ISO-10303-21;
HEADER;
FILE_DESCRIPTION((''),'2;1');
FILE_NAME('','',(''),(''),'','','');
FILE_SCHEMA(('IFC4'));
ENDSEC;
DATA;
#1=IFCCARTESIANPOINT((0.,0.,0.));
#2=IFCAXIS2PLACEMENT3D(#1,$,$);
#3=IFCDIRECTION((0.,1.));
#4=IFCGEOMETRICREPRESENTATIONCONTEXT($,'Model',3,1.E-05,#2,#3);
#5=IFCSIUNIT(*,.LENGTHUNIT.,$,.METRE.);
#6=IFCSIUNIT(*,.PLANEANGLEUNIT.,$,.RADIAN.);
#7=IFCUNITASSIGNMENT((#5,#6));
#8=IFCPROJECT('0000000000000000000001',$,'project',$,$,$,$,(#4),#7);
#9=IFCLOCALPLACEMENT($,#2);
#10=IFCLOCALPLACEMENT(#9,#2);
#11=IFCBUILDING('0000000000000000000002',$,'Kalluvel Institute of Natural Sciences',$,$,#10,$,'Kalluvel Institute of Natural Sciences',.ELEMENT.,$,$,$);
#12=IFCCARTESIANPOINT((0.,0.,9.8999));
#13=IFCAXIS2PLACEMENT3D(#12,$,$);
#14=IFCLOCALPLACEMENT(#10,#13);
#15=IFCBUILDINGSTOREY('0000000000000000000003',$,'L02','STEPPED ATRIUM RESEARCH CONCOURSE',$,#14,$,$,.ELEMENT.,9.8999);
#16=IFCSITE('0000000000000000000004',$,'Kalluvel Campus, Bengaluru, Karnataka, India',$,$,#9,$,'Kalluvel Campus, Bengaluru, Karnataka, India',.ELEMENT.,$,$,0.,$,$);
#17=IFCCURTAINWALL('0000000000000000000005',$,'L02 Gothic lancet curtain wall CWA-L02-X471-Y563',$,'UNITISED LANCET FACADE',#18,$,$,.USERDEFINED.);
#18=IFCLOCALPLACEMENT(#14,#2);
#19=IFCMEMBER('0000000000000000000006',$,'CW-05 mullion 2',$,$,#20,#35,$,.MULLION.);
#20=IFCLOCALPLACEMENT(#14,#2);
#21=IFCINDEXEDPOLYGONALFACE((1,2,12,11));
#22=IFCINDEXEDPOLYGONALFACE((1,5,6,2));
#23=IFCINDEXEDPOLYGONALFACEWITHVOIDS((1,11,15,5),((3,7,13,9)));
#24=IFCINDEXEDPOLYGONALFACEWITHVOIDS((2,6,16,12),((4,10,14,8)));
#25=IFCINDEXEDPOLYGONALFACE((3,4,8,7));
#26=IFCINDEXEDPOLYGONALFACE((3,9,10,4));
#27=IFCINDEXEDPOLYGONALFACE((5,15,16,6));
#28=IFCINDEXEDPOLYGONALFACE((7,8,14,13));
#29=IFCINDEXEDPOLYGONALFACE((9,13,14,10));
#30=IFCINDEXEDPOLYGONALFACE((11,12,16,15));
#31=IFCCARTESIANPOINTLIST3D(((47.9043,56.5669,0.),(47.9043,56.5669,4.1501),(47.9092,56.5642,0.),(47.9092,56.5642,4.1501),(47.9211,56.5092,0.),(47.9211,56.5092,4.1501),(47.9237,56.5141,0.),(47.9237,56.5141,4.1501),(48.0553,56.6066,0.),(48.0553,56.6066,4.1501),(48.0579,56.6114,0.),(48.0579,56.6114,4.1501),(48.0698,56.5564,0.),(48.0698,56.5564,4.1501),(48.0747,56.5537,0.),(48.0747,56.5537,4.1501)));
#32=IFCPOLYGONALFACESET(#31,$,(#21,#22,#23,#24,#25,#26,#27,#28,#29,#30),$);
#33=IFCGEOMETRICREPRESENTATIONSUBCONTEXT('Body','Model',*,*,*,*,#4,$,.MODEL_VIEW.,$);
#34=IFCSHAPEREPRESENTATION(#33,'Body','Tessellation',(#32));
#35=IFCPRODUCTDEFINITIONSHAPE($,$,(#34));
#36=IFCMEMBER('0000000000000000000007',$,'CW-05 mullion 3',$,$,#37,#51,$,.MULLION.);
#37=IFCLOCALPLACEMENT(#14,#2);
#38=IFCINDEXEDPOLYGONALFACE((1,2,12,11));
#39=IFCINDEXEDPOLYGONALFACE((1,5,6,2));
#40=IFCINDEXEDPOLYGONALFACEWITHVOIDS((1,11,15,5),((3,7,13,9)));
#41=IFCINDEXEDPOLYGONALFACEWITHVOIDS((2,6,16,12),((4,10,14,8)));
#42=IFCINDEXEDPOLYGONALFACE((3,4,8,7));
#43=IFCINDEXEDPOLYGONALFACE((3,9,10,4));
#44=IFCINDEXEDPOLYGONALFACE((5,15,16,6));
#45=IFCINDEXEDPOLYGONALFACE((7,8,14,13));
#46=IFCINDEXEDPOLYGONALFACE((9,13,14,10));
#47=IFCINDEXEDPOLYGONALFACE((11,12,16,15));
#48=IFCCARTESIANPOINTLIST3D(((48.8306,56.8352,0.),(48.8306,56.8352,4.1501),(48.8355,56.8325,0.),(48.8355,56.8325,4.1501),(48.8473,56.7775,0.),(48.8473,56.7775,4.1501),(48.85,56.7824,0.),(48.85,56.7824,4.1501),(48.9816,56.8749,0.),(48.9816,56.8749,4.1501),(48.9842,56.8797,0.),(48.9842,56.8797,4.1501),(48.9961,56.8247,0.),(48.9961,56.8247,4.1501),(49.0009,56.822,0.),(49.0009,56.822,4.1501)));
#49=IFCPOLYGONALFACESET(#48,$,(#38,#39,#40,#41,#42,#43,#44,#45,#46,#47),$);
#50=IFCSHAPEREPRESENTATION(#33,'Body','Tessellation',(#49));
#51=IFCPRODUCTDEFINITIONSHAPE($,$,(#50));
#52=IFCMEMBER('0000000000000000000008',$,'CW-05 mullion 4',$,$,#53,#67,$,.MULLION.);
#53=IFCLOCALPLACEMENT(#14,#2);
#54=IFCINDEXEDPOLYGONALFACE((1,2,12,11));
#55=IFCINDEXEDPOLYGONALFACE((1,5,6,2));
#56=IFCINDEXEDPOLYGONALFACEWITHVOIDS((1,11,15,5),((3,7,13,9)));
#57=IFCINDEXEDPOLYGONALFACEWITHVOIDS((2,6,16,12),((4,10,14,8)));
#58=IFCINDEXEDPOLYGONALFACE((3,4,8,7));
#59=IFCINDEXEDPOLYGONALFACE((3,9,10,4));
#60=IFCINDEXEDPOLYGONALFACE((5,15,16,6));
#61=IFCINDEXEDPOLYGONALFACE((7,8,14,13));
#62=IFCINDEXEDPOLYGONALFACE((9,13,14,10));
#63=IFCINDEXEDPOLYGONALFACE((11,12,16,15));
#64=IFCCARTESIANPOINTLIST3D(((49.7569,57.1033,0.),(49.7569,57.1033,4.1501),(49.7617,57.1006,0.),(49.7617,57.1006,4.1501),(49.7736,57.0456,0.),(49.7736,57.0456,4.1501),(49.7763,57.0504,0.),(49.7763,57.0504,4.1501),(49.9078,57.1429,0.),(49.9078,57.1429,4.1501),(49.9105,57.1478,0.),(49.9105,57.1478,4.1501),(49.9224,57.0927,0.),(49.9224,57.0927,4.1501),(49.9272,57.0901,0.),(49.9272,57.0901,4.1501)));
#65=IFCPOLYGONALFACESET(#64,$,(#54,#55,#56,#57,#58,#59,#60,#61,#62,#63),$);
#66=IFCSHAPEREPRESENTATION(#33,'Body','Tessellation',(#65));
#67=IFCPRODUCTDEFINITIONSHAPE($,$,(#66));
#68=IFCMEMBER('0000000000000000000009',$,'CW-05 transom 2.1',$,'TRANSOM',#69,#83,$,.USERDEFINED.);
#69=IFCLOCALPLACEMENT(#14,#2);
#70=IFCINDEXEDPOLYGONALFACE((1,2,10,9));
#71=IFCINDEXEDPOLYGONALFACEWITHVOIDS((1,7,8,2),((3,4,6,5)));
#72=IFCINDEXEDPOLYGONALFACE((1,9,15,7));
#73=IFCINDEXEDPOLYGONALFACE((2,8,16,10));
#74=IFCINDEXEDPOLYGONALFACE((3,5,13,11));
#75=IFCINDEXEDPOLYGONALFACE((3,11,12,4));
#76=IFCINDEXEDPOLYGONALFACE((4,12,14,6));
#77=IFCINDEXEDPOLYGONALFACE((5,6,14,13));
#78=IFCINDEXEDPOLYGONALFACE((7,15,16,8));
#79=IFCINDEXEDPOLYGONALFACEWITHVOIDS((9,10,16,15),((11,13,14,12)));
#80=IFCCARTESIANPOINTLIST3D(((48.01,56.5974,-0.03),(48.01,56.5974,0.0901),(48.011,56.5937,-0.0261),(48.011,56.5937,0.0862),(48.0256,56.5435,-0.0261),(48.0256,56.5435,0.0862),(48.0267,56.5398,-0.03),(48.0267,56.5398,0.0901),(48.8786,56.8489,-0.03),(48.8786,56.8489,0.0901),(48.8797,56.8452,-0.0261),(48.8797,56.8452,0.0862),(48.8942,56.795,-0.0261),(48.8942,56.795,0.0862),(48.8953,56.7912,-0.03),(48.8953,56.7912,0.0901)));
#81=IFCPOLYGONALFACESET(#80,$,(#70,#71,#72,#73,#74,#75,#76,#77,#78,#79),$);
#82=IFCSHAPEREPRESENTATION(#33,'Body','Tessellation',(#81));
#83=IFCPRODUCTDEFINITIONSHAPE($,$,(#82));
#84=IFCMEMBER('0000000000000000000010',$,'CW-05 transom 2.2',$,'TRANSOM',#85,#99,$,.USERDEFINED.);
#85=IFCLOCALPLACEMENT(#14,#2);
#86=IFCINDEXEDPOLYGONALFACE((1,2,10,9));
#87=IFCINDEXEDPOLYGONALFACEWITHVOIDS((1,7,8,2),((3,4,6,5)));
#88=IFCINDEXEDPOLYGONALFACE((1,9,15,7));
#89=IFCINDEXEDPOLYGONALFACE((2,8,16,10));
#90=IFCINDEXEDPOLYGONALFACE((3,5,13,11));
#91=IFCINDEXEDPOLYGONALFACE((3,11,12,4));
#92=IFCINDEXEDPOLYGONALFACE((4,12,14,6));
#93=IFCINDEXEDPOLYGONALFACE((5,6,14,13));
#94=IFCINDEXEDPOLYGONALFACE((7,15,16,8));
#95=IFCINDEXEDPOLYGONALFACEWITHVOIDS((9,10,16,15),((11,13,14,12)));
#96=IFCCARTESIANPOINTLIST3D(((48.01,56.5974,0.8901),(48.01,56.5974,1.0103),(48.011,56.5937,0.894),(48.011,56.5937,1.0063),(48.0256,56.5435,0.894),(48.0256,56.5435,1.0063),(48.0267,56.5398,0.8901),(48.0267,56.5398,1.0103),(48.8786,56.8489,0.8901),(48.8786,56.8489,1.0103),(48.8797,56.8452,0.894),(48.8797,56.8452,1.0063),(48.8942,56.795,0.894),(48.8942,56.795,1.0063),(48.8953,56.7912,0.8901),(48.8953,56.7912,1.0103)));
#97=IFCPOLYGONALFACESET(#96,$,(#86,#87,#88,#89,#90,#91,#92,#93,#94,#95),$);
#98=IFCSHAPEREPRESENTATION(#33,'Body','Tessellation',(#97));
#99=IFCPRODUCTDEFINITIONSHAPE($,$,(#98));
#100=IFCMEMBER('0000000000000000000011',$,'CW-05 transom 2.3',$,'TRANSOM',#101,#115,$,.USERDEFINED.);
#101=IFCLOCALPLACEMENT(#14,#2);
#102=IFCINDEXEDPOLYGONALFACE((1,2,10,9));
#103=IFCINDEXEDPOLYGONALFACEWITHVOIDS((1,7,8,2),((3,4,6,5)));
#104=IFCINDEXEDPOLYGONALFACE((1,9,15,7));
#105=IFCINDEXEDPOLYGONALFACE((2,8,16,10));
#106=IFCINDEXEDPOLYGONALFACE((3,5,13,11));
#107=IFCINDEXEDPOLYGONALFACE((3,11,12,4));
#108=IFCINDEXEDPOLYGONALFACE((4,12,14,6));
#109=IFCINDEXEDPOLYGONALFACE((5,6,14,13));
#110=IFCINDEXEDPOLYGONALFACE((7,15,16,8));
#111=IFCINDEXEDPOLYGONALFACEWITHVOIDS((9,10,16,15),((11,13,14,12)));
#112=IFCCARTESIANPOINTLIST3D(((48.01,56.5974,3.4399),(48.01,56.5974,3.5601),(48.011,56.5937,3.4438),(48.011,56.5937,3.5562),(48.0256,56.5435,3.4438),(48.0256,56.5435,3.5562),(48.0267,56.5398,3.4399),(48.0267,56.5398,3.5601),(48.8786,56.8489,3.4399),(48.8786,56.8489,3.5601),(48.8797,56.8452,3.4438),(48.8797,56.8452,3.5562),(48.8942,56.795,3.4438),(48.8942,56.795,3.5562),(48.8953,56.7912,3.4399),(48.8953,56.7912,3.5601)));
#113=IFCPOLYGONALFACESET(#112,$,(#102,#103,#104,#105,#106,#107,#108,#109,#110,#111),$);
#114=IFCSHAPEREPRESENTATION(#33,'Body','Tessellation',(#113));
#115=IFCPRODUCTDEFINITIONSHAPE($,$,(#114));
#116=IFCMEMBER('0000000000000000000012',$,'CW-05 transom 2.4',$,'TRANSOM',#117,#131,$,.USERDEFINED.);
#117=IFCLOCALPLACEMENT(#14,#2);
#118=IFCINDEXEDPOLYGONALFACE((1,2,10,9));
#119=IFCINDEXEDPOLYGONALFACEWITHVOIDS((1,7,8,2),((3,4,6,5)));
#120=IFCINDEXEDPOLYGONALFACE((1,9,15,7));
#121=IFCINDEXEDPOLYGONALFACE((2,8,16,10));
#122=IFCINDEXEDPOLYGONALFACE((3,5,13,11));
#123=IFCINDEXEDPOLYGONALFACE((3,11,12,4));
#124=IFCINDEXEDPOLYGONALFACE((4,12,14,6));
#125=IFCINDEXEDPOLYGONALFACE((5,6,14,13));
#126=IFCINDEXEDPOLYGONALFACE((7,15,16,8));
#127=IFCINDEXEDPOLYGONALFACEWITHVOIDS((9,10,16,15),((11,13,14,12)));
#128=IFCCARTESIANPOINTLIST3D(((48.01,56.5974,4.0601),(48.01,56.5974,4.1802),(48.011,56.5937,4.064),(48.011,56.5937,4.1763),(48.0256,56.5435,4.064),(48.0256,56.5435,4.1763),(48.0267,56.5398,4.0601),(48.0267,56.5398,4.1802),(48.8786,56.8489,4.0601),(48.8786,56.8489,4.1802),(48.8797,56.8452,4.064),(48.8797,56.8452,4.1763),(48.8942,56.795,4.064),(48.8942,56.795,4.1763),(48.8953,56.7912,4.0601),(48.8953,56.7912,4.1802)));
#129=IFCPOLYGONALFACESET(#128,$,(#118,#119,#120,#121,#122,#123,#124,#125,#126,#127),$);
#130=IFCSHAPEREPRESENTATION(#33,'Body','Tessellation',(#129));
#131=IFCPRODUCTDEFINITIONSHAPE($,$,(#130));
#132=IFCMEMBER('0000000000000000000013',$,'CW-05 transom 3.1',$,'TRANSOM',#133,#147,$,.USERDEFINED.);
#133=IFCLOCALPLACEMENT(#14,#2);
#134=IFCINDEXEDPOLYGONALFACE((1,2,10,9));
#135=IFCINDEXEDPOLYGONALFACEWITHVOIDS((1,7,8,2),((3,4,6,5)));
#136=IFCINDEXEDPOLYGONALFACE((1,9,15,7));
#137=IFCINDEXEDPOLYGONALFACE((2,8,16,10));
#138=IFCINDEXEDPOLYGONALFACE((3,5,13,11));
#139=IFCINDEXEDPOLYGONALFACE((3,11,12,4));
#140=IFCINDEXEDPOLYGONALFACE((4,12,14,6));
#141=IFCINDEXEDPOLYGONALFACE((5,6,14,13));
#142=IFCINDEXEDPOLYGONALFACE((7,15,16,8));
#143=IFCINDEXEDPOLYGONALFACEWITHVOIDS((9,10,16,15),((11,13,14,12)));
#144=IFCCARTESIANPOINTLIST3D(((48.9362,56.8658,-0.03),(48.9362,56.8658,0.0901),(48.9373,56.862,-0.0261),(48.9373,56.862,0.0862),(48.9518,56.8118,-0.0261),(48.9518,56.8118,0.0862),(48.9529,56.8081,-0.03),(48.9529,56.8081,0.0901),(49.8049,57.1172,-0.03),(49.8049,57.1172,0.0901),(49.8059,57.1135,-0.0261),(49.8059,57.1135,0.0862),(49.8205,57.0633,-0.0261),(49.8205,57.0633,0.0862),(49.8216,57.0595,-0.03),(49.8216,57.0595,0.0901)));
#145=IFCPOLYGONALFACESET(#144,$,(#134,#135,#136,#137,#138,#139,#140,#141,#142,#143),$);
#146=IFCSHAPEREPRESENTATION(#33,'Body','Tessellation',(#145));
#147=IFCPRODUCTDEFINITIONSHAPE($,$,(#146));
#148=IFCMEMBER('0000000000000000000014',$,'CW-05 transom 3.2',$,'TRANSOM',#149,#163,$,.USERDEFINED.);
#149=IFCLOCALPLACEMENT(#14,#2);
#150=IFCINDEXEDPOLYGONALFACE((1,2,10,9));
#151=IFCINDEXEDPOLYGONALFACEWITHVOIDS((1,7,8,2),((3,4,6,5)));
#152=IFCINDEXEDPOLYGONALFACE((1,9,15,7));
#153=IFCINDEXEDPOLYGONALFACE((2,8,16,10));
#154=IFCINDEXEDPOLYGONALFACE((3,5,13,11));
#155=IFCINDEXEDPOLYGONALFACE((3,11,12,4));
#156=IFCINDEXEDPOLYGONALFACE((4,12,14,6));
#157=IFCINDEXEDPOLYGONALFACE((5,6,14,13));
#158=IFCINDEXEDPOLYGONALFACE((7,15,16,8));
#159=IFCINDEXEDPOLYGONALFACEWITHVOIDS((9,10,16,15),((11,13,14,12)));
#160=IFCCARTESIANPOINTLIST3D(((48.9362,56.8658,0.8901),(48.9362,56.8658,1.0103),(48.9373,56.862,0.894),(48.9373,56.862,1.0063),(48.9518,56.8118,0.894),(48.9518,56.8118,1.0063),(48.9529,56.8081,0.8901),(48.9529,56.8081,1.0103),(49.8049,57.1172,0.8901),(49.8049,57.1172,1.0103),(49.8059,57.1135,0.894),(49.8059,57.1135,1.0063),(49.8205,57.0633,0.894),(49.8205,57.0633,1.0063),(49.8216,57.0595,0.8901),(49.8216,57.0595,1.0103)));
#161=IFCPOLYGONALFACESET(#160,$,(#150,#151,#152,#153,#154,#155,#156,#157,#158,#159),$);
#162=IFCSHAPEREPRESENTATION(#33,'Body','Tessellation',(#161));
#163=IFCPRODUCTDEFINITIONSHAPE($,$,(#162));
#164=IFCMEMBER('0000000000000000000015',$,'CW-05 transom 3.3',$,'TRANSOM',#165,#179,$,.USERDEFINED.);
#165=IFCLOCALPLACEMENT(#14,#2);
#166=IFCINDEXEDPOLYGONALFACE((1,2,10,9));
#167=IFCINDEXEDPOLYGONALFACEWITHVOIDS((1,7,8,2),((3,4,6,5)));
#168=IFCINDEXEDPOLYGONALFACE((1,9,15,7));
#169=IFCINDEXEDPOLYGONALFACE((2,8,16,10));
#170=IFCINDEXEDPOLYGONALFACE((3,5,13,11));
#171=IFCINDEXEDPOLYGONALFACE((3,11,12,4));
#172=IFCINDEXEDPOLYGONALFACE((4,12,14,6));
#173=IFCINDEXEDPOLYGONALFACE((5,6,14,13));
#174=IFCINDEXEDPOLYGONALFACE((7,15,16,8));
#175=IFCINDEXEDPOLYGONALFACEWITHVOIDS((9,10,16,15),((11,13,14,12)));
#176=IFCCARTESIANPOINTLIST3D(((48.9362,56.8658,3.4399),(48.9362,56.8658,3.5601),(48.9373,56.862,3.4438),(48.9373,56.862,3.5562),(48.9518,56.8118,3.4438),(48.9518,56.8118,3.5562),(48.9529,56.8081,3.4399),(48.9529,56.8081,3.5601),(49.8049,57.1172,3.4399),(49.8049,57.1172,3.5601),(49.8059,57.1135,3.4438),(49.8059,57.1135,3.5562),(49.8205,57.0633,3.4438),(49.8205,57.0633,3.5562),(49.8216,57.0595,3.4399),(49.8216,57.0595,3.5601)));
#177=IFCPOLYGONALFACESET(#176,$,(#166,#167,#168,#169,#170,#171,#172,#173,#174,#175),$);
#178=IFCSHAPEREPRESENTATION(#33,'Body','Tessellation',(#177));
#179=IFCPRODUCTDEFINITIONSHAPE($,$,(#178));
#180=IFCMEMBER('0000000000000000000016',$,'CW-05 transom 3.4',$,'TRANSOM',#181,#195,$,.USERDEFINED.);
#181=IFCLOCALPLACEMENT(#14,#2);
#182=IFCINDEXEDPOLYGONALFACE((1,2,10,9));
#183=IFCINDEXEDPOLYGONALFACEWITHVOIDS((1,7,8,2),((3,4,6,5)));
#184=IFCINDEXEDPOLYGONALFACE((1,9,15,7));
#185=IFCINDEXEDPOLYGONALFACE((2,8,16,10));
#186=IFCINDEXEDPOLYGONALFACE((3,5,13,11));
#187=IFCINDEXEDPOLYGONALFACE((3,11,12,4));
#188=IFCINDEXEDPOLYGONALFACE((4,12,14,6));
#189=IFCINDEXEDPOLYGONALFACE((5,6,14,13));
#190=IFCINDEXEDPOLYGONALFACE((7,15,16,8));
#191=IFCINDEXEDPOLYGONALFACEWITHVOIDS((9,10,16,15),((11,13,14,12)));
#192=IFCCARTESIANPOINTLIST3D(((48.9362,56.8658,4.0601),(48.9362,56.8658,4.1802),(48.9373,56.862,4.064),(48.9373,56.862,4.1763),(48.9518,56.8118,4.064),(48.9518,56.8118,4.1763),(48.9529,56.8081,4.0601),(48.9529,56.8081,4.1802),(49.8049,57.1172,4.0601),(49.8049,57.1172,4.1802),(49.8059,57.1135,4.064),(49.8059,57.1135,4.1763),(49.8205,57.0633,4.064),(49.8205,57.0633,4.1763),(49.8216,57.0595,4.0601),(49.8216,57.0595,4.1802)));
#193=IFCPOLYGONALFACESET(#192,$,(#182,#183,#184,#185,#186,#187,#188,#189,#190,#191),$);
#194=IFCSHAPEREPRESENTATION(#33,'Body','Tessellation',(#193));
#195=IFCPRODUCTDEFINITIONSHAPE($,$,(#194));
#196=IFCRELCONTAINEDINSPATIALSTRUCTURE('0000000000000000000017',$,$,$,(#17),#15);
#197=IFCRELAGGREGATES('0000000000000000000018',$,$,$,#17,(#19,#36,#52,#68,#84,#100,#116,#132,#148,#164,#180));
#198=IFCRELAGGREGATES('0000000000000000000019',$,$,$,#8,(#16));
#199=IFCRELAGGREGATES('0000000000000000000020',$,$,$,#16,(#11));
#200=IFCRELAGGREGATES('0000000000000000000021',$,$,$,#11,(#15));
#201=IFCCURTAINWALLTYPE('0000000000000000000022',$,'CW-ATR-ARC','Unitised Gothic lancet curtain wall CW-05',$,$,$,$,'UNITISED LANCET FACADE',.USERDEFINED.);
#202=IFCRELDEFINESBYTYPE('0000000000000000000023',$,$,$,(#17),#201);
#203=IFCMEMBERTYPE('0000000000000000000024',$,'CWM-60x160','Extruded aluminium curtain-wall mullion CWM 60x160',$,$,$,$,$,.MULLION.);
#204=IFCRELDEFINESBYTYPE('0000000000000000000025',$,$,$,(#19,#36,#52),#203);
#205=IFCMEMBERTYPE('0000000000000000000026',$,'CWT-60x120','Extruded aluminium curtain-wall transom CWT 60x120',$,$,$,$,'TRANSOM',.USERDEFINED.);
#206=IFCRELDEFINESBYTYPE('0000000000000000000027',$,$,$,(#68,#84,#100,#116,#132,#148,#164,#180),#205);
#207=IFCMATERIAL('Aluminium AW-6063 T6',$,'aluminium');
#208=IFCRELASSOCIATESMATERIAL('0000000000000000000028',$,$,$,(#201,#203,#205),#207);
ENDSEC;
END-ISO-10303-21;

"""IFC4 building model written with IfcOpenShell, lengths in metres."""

from ifc_helpers import new_model, si_unit, direction, frame, origin, origin_2d, place, context, subcontext, project, spatial, hollow_rectangle, extrude, material, material_profile, profile_set, type_object, element, aggregate, save


model = new_model("IFC4")

# Units and contexts
model_context = context("Model", 3, precision=1e-05, world=origin(), true_north=direction((0.0, 1.0)))
body_context = subcontext(model_context, "Body", "Model", "MODEL_VIEW")
ifc_project = project(units=[si_unit("LENGTHUNIT", "METRE"), si_unit("PLANEANGLEUNIT", "RADIAN")], contexts=[model_context])

# Site, building, storey
site_placement = place(None, origin())
site = spatial("IfcSite", under=ifc_project, at=site_placement, Name="Kalluvel Campus, Bengaluru, Karnataka, India", LongName="Kalluvel Campus, Bengaluru, Karnataka, India", CompositionType="ELEMENT", RefElevation=0.0)
building_placement = place(site_placement, origin())
building = spatial("IfcBuilding", under=site, at=building_placement, Name="Kalluvel Institute of Natural Sciences", LongName="Kalluvel Institute of Natural Sciences", CompositionType="ELEMENT")
storey_placement = place(building_placement, frame((0.0, 0.0, 9.8999)))
storey = spatial("IfcBuildingStorey", under=building, at=storey_placement, Name="L02", Description="STEPPED ATRIUM RESEARCH CONCOURSE", CompositionType="ELEMENT", Elevation=9.8999)

# Curtain wall, members
ifc_material_1 = material(Name="Aluminium AW-6063 T6", Category="aluminium")
curtain_wall_type = type_object("IfcCurtainWallType", Name="CW-ATR-ARC", Description="Unitised Gothic lancet curtain wall CW-05", ElementType="UNITISED LANCET FACADE", PredefinedType="USERDEFINED", material=ifc_material_1)
curtain_wall_placement = place(storey_placement, origin())
curtain_wall = element("IfcCurtainWall", 1, at=curtain_wall_placement, inside=storey, type_object=curtain_wall_type, Name="L02 Gothic lancet curtain wall CWA-L02-X471-Y563", ObjectType="UNITISED LANCET FACADE", PredefinedType="USERDEFINED")
ifc_material_profile_1 = material_profile(ifc_material_1, hollow_rectangle(XDim=0.0601, YDim=0.1599, WallThickness=0.0039, at=origin_2d()), Name="CWM 60x160")
ifc_profile_set_1 = profile_set([ifc_material_profile_1], Name="Aluminium AW-6063 T6")
member_type_1 = type_object("IfcMemberType", Name="CWM-60x160", Description="Extruded aluminium curtain-wall mullion CWM 60x160", PredefinedType="MULLION", material=ifc_profile_set_1)
member_1_placement = place(storey_placement, frame((47.9895, 56.5603, 0.0), z_axis=(0.0, 0.0, 1.0), x_axis=(-0.278212, 0.96052, 0.0)))
member_1 = element("IfcMember", 2, at=member_1_placement, type_object=member_type_1, Name="CW-05 mullion 2", PredefinedType="MULLION", context=body_context, shape_type="SweptSolid", body=[
    extrude(hollow_rectangle(XDim=0.0601, YDim=0.1599, WallThickness=0.0039, at=origin_2d()), origin(), (0.0, 0.0, 1.0), 4.1501),
])
member_2_placement = place(storey_placement, frame((48.9158, 56.8286, 0.0), z_axis=(0.0, 0.0, 1.0), x_axis=(-0.278212, 0.96052, 0.0)))
member_2 = element("IfcMember", 3, at=member_2_placement, type_object=member_type_1, Name="CW-05 mullion 3", PredefinedType="MULLION", context=body_context, shape_type="SweptSolid", body=[
    extrude(hollow_rectangle(XDim=0.0601, YDim=0.1599, WallThickness=0.0039, at=origin_2d()), origin(), (0.0, 0.0, 1.0), 4.1501),
])
member_3_placement = place(storey_placement, frame((49.842, 57.0967, 0.0), z_axis=(0.0, 0.0, 1.0), x_axis=(-0.278212, 0.96052, 0.0)))
member_3 = element("IfcMember", 4, at=member_3_placement, type_object=member_type_1, Name="CW-05 mullion 4", PredefinedType="MULLION", context=body_context, shape_type="SweptSolid", body=[
    extrude(hollow_rectangle(XDim=0.0601, YDim=0.1599, WallThickness=0.0039, at=origin_2d()), origin(), (0.0, 0.0, 1.0), 4.1501),
])
ifc_material_profile_2 = material_profile(ifc_material_1, hollow_rectangle(XDim=0.0601, YDim=0.1201, WallThickness=0.0039, at=origin_2d()), Name="CWT 60x120")
ifc_profile_set_2 = profile_set([ifc_material_profile_2], Name="Aluminium AW-6063 T6")
member_type_2 = type_object("IfcMemberType", Name="CWT-60x120", Description="Extruded aluminium curtain-wall transom CWT 60x120", ElementType="TRANSOM", PredefinedType="USERDEFINED", material=ifc_profile_set_2)
member_4_placement = place(storey_placement, frame((48.0183, 56.5686, 0.03), z_axis=(0.96056, 0.278071, 0.0), x_axis=(-0.278071, 0.96056, 0.0)))
member_4 = element("IfcMember", 5, at=member_4_placement, type_object=member_type_2, Name="CW-05 transom 2.1", ObjectType="TRANSOM", PredefinedType="USERDEFINED", context=body_context, shape_type="SweptSolid", body=[
    extrude(hollow_rectangle(XDim=0.0601, YDim=0.1201, WallThickness=0.0039, at=origin_2d()), origin(), (0.0, 0.0, 1.0), 0.9043),
])
member_5_placement = place(storey_placement, frame((48.0183, 56.5686, 0.9502), z_axis=(0.96056, 0.278071, 0.0), x_axis=(-0.278071, 0.96056, 0.0)))
member_5 = element("IfcMember", 6, at=member_5_placement, type_object=member_type_2, Name="CW-05 transom 2.2", ObjectType="TRANSOM", PredefinedType="USERDEFINED", context=body_context, shape_type="SweptSolid", body=[
    extrude(hollow_rectangle(XDim=0.0601, YDim=0.1201, WallThickness=0.0039, at=origin_2d()), origin(), (0.0, 0.0, 1.0), 0.9043),
])
member_6_placement = place(storey_placement, frame((48.0183, 56.5686, 3.5), z_axis=(0.96056, 0.278071, 0.0), x_axis=(-0.278071, 0.96056, 0.0)))
member_6 = element("IfcMember", 7, at=member_6_placement, type_object=member_type_2, Name="CW-05 transom 2.3", ObjectType="TRANSOM", PredefinedType="USERDEFINED", context=body_context, shape_type="SweptSolid", body=[
    extrude(hollow_rectangle(XDim=0.0601, YDim=0.1201, WallThickness=0.0039, at=origin_2d()), origin(), (0.0, 0.0, 1.0), 0.9043),
])
member_7_placement = place(storey_placement, frame((48.0183, 56.5686, 4.1201), z_axis=(0.96056, 0.278071, 0.0), x_axis=(-0.278071, 0.96056, 0.0)))
member_7 = element("IfcMember", 8, at=member_7_placement, type_object=member_type_2, Name="CW-05 transom 2.4", ObjectType="TRANSOM", PredefinedType="USERDEFINED", context=body_context, shape_type="SweptSolid", body=[
    extrude(hollow_rectangle(XDim=0.0601, YDim=0.1201, WallThickness=0.0039, at=origin_2d()), origin(), (0.0, 0.0, 1.0), 0.9043),
])
member_8_placement = place(storey_placement, frame((48.9446, 56.8369, 0.03), z_axis=(0.96056, 0.278071, 0.0), x_axis=(-0.278071, 0.96056, 0.0)))
member_8 = element("IfcMember", 9, at=member_8_placement, type_object=member_type_2, Name="CW-05 transom 3.1", ObjectType="TRANSOM", PredefinedType="USERDEFINED", context=body_context, shape_type="SweptSolid", body=[
    extrude(hollow_rectangle(XDim=0.0601, YDim=0.1201, WallThickness=0.0039, at=origin_2d()), origin(), (0.0, 0.0, 1.0), 0.9043),
])
member_9_placement = place(storey_placement, frame((48.9446, 56.8369, 0.9502), z_axis=(0.96056, 0.278071, 0.0), x_axis=(-0.278071, 0.96056, 0.0)))
member_9 = element("IfcMember", 10, at=member_9_placement, type_object=member_type_2, Name="CW-05 transom 3.2", ObjectType="TRANSOM", PredefinedType="USERDEFINED", context=body_context, shape_type="SweptSolid", body=[
    extrude(hollow_rectangle(XDim=0.0601, YDim=0.1201, WallThickness=0.0039, at=origin_2d()), origin(), (0.0, 0.0, 1.0), 0.9043),
])
member_10_placement = place(storey_placement, frame((48.9446, 56.8369, 3.5), z_axis=(0.96056, 0.278071, 0.0), x_axis=(-0.278071, 0.96056, 0.0)))
member_10 = element("IfcMember", 11, at=member_10_placement, type_object=member_type_2, Name="CW-05 transom 3.3", ObjectType="TRANSOM", PredefinedType="USERDEFINED", context=body_context, shape_type="SweptSolid", body=[
    extrude(hollow_rectangle(XDim=0.0601, YDim=0.1201, WallThickness=0.0039, at=origin_2d()), origin(), (0.0, 0.0, 1.0), 0.9043),
])
member_11_placement = place(storey_placement, frame((48.9446, 56.8369, 4.1201), z_axis=(0.96056, 0.278071, 0.0), x_axis=(-0.278071, 0.96056, 0.0)))
member_11 = element("IfcMember", 12, at=member_11_placement, type_object=member_type_2, Name="CW-05 transom 3.4", ObjectType="TRANSOM", PredefinedType="USERDEFINED", context=body_context, shape_type="SweptSolid", body=[
    extrude(hollow_rectangle(XDim=0.0601, YDim=0.1201, WallThickness=0.0039, at=origin_2d()), origin(), (0.0, 0.0, 1.0), 0.9043),
])
aggregate(curtain_wall, [member_1, member_2, member_3, member_4, member_5, member_6, member_7, member_8, member_9, member_10, member_11])

save(model, "model.ifc")
